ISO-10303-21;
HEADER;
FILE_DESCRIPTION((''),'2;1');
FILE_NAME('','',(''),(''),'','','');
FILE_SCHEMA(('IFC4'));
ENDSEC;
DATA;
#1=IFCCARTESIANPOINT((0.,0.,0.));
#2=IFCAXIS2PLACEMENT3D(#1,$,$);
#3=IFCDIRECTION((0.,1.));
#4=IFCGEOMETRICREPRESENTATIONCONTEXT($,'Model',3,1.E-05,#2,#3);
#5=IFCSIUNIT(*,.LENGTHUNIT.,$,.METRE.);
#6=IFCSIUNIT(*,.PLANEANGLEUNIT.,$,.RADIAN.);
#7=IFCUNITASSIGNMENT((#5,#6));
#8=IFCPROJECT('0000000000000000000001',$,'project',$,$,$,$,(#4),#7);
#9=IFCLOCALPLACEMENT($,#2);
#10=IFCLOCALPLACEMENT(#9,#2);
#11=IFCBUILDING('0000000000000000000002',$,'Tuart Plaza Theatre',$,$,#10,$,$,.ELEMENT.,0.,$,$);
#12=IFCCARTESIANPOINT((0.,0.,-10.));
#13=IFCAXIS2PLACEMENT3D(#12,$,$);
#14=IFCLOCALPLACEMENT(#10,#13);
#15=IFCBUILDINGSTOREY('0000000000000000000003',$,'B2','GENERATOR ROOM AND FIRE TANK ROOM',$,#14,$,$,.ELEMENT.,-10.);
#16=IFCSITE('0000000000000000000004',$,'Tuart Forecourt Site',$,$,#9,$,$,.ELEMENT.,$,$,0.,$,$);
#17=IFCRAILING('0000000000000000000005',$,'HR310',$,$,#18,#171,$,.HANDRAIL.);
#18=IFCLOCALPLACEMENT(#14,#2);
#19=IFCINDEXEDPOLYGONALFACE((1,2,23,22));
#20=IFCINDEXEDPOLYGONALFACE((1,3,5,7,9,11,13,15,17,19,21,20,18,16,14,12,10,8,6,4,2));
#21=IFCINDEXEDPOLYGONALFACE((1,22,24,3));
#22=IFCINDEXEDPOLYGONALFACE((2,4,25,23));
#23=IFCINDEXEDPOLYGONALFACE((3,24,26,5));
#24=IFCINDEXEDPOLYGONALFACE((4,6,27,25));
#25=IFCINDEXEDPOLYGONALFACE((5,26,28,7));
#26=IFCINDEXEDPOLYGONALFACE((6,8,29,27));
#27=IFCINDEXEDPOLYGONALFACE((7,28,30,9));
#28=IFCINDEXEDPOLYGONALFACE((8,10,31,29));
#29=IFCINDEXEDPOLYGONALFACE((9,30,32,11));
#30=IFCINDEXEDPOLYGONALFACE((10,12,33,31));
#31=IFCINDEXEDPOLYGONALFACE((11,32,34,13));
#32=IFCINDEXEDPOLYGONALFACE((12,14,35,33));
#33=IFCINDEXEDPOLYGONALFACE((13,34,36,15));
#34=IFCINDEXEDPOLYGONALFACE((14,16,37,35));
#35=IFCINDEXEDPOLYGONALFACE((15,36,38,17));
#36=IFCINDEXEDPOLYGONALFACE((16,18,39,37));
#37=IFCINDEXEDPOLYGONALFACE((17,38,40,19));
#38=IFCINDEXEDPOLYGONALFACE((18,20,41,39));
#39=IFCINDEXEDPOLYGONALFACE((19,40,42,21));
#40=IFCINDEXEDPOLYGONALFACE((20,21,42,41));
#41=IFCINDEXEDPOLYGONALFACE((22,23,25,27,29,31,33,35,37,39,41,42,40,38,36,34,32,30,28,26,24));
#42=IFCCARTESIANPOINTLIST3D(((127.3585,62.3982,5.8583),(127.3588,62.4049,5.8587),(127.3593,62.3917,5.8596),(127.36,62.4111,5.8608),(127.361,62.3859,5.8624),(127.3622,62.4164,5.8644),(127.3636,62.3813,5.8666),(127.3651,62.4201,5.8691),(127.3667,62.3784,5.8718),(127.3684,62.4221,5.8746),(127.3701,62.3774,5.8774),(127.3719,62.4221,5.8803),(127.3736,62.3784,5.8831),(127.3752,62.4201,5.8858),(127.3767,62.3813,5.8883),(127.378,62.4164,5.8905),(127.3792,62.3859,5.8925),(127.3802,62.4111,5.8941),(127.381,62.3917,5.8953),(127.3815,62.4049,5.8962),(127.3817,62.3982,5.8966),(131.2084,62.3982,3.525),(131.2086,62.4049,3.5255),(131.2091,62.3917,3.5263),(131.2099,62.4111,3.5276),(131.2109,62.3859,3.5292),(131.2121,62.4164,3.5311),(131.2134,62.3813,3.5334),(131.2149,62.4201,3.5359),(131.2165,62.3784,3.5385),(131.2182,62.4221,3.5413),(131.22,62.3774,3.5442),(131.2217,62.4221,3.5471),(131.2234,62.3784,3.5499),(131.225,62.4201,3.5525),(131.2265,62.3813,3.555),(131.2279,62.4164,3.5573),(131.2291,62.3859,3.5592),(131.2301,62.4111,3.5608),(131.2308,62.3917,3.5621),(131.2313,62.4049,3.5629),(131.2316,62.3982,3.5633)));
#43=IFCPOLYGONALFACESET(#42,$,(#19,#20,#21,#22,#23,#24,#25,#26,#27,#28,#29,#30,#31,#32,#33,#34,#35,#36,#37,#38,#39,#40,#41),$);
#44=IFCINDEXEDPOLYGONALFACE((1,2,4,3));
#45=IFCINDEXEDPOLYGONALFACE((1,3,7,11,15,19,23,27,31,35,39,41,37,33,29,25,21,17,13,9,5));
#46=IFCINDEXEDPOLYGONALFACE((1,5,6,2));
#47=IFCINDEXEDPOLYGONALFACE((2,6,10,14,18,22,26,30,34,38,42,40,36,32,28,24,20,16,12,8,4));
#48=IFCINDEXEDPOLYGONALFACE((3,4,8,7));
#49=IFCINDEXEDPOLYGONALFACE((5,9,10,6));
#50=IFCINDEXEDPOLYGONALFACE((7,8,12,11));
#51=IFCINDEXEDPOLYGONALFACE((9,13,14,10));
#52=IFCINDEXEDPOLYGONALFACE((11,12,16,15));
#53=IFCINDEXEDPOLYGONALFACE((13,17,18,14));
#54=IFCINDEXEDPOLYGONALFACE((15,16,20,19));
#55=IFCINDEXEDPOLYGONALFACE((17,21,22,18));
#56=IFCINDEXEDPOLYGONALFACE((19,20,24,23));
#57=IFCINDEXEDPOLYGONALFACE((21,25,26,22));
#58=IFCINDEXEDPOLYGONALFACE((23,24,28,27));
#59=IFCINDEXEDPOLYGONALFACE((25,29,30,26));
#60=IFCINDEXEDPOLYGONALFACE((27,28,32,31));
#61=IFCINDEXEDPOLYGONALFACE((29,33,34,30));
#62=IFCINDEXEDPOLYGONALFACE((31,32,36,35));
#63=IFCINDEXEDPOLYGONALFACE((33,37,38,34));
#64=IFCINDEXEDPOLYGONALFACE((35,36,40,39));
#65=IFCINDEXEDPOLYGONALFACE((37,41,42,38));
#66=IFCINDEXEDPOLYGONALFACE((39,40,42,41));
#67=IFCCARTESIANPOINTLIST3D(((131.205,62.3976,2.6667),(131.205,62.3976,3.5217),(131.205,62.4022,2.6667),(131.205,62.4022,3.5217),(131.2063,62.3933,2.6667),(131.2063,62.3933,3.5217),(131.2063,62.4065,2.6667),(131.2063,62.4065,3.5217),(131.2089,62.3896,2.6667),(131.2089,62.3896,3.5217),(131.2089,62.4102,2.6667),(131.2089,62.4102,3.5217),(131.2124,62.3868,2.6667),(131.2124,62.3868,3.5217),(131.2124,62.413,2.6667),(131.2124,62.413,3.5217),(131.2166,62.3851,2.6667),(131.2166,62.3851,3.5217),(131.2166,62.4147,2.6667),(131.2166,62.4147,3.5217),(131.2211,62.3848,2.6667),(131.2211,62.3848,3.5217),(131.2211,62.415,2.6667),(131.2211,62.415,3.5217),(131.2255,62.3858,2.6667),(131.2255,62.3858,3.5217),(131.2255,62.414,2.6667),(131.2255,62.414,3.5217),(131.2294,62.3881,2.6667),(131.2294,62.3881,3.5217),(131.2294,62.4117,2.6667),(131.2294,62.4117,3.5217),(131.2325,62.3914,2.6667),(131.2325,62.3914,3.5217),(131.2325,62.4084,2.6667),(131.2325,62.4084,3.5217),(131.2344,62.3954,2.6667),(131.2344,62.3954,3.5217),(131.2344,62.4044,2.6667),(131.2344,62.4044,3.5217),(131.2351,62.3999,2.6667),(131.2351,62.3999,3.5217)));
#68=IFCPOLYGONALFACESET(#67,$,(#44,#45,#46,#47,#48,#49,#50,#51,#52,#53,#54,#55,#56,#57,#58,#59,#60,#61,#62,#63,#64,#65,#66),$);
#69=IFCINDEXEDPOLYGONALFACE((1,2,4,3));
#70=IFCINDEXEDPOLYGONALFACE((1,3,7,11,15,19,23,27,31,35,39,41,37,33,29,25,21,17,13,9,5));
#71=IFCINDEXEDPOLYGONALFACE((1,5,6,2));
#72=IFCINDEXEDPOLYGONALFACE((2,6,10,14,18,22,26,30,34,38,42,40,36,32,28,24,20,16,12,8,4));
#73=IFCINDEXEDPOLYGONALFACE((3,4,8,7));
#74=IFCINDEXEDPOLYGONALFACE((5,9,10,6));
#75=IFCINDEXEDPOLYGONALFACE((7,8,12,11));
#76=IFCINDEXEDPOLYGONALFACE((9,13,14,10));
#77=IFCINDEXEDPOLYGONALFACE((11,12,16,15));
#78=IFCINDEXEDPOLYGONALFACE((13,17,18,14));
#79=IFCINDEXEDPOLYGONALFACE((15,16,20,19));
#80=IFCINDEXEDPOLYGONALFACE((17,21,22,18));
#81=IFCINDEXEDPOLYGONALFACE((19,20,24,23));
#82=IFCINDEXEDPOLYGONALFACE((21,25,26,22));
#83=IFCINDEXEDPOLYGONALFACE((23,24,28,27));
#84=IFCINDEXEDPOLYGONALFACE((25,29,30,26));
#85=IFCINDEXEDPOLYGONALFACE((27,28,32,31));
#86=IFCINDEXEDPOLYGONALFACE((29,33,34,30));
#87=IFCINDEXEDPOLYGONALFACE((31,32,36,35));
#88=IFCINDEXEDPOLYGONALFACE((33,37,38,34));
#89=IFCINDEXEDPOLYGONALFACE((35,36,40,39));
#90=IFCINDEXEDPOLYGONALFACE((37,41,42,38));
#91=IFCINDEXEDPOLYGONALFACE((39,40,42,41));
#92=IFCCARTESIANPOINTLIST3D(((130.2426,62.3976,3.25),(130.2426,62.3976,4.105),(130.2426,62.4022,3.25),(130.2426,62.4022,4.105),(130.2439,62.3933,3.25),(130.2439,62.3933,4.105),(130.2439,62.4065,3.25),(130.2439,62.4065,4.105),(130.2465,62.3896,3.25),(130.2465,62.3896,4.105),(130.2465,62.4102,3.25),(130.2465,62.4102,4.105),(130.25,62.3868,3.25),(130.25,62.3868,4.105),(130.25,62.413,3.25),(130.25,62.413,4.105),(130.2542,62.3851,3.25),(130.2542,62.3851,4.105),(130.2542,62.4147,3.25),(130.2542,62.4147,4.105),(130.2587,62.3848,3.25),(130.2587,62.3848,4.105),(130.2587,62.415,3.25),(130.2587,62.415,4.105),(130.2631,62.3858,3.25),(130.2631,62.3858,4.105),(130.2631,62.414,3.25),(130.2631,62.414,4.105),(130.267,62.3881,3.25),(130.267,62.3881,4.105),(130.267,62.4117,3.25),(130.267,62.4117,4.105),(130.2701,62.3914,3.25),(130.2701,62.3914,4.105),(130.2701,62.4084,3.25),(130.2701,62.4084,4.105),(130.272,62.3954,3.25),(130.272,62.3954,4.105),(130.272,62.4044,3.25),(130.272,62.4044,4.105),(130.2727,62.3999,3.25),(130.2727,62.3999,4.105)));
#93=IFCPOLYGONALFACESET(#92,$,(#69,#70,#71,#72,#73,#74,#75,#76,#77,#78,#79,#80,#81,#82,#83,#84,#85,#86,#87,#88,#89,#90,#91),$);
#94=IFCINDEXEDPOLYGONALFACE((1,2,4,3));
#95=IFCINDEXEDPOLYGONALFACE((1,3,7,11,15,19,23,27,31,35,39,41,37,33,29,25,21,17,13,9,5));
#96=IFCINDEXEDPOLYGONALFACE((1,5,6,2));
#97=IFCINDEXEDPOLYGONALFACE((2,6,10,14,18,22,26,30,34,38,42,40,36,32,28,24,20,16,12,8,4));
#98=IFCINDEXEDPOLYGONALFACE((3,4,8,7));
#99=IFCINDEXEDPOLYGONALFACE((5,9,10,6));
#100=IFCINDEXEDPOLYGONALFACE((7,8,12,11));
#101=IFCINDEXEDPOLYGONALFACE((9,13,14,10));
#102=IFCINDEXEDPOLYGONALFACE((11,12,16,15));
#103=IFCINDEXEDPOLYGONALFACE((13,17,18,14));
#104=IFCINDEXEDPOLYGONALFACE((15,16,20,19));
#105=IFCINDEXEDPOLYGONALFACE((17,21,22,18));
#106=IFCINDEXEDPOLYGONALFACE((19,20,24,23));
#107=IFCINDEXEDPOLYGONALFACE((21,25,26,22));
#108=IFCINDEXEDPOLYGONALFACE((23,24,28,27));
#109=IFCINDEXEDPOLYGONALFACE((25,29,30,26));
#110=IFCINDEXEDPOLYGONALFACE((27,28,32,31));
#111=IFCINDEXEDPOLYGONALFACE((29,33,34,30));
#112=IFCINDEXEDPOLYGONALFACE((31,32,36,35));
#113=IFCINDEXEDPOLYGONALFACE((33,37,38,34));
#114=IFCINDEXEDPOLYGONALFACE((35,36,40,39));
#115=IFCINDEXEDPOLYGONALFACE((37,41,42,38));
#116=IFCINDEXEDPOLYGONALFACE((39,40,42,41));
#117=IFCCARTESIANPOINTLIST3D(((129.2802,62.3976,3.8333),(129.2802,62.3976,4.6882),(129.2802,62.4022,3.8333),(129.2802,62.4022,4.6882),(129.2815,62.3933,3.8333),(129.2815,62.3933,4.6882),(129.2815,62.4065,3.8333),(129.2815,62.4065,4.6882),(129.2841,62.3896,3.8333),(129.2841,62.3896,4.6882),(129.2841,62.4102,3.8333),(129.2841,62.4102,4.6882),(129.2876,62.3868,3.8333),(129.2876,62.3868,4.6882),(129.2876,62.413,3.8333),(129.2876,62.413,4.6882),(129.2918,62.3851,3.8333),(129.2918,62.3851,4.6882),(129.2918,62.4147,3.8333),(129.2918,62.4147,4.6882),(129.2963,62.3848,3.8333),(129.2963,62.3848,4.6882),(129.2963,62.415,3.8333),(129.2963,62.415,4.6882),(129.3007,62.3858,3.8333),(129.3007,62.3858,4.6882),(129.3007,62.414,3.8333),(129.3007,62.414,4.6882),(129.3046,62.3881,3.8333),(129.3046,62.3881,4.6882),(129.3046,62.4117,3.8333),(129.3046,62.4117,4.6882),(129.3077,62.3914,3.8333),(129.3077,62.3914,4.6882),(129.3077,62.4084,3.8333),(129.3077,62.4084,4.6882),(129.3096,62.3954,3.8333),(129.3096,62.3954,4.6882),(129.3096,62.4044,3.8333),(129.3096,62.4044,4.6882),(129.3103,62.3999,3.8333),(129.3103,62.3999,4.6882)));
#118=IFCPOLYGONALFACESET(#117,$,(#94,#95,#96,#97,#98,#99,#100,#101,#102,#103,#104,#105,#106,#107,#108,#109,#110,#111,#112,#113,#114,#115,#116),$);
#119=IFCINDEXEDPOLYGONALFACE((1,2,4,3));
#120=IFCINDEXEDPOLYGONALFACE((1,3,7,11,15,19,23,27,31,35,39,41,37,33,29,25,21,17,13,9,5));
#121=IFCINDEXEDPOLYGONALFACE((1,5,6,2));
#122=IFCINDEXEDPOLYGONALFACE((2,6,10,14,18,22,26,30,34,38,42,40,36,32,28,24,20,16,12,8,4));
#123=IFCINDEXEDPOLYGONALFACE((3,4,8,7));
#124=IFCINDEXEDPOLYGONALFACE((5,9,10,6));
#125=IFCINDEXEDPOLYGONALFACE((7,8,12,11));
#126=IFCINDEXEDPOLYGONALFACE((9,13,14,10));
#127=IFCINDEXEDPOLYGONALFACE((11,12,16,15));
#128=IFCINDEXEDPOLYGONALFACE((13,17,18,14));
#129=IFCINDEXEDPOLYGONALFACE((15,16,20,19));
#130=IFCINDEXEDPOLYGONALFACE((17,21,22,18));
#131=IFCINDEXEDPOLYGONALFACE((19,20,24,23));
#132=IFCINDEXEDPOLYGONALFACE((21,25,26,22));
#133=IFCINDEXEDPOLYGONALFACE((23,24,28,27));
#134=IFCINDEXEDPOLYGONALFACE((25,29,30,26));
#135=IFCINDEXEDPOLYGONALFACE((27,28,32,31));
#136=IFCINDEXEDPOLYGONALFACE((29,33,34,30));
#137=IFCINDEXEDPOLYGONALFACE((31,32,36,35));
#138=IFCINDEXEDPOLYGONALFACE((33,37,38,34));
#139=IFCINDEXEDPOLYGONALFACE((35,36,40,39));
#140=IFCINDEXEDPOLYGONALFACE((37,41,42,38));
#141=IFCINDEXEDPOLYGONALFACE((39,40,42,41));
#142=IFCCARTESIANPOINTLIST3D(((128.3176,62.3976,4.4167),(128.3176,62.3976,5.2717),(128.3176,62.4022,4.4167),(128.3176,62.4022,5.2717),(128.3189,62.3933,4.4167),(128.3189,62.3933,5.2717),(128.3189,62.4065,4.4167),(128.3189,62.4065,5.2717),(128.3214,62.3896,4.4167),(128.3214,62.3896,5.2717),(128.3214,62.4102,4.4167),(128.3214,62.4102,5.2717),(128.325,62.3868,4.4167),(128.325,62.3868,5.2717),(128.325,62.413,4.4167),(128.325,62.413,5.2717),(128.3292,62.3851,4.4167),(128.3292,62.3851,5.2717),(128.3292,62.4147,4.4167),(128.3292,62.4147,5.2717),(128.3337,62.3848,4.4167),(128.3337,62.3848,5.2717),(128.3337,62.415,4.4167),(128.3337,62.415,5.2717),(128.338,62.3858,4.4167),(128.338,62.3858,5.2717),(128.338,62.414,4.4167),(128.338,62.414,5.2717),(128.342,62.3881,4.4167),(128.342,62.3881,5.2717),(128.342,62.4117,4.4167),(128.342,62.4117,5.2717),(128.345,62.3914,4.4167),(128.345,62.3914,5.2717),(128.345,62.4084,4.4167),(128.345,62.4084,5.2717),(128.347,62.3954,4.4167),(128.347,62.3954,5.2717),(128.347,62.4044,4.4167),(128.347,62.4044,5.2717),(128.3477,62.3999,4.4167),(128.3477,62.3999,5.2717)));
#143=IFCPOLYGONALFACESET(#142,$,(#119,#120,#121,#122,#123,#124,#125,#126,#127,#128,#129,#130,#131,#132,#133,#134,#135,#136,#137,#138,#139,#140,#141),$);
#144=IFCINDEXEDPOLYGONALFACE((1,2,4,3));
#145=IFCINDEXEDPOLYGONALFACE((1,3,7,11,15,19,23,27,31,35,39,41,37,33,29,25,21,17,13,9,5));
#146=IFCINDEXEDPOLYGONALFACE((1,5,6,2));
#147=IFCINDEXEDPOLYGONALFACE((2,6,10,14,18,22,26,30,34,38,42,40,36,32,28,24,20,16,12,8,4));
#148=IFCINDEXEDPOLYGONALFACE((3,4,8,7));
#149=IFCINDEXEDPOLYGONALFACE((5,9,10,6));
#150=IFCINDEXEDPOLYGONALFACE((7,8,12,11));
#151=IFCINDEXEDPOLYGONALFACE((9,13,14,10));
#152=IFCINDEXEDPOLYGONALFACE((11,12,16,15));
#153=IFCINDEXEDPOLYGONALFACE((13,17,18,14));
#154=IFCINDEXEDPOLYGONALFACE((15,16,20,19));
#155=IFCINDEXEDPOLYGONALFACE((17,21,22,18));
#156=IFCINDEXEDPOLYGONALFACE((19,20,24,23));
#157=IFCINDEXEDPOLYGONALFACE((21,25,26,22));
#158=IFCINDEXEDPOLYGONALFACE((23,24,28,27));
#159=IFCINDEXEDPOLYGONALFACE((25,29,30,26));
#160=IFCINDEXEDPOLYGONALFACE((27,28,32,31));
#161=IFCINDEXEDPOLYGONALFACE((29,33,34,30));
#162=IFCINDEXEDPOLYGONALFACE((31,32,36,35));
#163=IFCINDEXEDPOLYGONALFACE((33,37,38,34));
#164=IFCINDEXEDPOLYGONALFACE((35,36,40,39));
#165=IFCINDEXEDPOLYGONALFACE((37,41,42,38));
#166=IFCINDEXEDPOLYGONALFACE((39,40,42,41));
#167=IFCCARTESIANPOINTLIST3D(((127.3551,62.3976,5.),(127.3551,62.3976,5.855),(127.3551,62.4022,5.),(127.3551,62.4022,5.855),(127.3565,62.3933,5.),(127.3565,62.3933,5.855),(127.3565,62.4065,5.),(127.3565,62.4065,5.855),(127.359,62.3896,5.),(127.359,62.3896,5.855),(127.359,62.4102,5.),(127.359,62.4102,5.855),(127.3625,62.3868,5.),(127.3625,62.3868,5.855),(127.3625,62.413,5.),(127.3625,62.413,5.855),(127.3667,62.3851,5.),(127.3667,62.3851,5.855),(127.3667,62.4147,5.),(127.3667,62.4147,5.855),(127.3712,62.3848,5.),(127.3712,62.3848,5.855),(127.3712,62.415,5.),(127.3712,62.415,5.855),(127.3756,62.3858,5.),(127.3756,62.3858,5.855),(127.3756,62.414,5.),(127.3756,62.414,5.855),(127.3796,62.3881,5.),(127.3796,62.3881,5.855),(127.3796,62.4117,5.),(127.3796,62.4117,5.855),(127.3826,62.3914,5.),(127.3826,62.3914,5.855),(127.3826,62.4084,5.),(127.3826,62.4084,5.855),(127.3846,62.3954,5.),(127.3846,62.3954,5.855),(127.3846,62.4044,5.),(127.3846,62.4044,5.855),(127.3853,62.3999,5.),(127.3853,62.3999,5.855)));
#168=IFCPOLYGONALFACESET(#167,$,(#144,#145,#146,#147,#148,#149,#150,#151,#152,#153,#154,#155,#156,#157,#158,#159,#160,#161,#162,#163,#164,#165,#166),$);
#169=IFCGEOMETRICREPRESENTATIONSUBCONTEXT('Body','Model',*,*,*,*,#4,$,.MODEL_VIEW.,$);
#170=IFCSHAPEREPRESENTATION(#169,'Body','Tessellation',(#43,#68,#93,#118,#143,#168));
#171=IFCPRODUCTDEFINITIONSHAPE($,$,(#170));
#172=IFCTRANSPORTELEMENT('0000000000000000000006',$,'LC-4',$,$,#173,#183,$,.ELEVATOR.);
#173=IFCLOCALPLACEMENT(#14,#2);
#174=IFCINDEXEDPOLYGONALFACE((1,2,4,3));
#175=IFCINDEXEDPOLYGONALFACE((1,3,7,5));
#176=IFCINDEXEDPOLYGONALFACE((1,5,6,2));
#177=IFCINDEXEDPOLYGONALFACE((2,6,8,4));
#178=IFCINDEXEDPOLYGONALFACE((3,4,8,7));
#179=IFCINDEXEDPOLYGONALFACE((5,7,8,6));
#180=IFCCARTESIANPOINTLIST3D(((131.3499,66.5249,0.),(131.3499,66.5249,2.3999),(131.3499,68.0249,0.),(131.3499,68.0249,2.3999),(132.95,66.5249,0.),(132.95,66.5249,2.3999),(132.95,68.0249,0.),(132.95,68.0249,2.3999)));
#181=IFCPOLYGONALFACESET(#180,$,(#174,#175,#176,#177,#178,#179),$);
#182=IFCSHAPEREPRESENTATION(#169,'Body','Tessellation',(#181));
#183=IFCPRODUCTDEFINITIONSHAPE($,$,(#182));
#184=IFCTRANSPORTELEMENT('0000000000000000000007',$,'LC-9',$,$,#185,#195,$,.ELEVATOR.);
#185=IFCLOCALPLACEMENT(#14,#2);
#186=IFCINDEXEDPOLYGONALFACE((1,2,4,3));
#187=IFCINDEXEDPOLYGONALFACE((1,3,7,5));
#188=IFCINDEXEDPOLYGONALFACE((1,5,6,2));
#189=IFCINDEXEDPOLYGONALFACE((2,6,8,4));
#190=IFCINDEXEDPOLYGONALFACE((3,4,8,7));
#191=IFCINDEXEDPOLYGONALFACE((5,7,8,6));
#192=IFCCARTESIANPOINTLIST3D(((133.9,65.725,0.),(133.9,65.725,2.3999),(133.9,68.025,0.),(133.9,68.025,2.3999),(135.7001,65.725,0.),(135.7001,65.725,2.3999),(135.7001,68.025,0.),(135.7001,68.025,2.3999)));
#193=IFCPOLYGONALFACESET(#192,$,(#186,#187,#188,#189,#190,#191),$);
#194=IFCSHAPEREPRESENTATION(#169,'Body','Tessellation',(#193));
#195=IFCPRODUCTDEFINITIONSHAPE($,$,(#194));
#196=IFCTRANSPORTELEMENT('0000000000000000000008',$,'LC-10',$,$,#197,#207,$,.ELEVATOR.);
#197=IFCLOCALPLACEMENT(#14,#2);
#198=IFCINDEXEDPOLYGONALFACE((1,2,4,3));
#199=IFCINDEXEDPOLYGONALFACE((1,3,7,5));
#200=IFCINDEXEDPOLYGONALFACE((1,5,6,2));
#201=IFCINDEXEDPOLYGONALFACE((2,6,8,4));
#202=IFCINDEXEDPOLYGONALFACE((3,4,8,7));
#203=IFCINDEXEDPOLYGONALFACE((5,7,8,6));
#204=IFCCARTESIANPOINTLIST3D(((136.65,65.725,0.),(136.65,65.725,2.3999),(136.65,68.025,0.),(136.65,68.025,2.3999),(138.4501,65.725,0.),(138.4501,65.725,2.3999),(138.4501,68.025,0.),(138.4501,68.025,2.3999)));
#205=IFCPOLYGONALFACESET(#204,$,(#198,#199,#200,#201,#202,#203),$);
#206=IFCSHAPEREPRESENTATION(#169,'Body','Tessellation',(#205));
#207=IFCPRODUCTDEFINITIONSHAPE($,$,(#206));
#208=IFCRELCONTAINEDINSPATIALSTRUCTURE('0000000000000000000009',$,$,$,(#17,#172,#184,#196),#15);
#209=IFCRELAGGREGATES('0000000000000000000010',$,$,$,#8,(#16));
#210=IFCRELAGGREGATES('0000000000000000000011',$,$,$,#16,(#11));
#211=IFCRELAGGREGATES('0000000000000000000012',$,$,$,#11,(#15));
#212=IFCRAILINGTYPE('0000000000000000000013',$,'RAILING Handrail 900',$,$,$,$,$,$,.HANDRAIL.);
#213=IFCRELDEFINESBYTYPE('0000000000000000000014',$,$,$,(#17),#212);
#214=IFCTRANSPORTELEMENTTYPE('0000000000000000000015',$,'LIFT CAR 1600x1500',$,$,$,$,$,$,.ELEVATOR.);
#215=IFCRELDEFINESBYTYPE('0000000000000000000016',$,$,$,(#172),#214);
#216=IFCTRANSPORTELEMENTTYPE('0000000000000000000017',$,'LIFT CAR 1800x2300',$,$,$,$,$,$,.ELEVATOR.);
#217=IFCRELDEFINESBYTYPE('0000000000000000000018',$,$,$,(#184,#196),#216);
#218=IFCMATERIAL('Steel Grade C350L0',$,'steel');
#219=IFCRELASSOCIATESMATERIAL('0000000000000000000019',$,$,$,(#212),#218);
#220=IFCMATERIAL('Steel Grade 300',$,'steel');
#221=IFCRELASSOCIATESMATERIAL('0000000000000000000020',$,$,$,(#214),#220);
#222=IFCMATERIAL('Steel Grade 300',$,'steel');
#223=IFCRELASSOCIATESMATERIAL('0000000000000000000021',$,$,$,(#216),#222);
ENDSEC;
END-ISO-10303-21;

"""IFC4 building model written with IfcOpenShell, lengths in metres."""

from ifc_helpers import new_model, si_unit, direction, frame, origin, origin_2d, place, context, subcontext, project, spatial, rectangle, circle, extrude, material, type_object, element, save


model = new_model("IFC4")

# Units and contexts
model_context = context("Model", 3, precision=1e-05, world=origin(), true_north=direction((0.0, 1.0)))
body_context = subcontext(model_context, "Body", "Model", "MODEL_VIEW")
ifc_project = project(units=[si_unit("LENGTHUNIT", "METRE"), si_unit("PLANEANGLEUNIT", "RADIAN")], contexts=[model_context])

# Site, building, storey
site_placement = place(None, origin())
site = spatial("IfcSite", under=ifc_project, at=site_placement, Name="Tuart Forecourt Site", CompositionType="ELEMENT", RefElevation=0.0)
building_placement = place(site_placement, origin())
building = spatial("IfcBuilding", under=site, at=building_placement, Name="Tuart Plaza Theatre", CompositionType="ELEMENT", ElevationOfRefHeight=0.0)
storey_placement = place(building_placement, frame((0.0, 0.0, -10.0)))
storey = spatial("IfcBuildingStorey", under=building, at=storey_placement, Name="B2", Description="GENERATOR ROOM AND FIRE TANK ROOM", CompositionType="ELEMENT", Elevation=-10.0)

# Railing
ifc_material_1 = material(Name="Steel Grade C350L0", Category="steel")
railing_type = type_object("IfcRailingType", Name="RAILING Handrail 900", PredefinedType="HANDRAIL", material=ifc_material_1)
railing_placement = place(storey_placement, frame((131.22, 62.3999, 2.6667)))
element("IfcRailing", 1, at=railing_placement, inside=storey, type_object=railing_type, Name="HR310", PredefinedType="HANDRAIL", context=body_context, shape_type="SweptSolid", body=[
    extrude(circle(Radius=0.0225, at=origin_2d()), frame((0.0, 0.0, 0.8774), z_axis=(-0.855197, 0.0, 0.518303), x_axis=(0.0, -1.0, 0.0)), (0.0, 0.0, 1.0), 4.5017),
    extrude(circle(Radius=0.0151, at=origin_2d()), origin(), (0.0, 0.0, 1.0), 0.855),
    extrude(circle(Radius=0.0151, at=origin_2d()), frame((-0.9624, 0.0, 0.5833)), (0.0, 0.0, 1.0), 0.855),
    extrude(circle(Radius=0.0151, at=origin_2d()), frame((-1.9248, 0.0, 1.1665)), (0.0, 0.0, 1.0), 0.855),
    extrude(circle(Radius=0.0151, at=origin_2d()), frame((-2.8875, 0.0, 1.75)), (0.0, 0.0, 1.0), 0.855),
    extrude(circle(Radius=0.0151, at=origin_2d()), frame((-3.8499, 0.0, 2.3333)), (0.0, 0.0, 1.0), 0.855),
])

# Transport elements
ifc_material_2 = material(Name="Steel Grade 300", Category="steel")
transport_element_type_1 = type_object("IfcTransportElementType", Name="LIFT CAR 1600x1500", PredefinedType="ELEVATOR", material=ifc_material_2)
transport_element_placement = place(storey_placement, frame((132.1499, 67.2749, 0.0), z_axis=(0.0, 0.0, 1.0), x_axis=(1.0, 0.0, 0.0)))
element("IfcTransportElement", 2, at=transport_element_placement, inside=storey, type_object=transport_element_type_1, Name="LC-4", PredefinedType="ELEVATOR", context=body_context, shape_type="SweptSolid", body=[
    extrude(rectangle(XDim=1.6001, YDim=1.5, at=origin_2d()), origin(), (0.0, 0.0, 1.0), 2.3999),
])
ifc_material_3 = material(Name="Steel Grade 300", Category="steel")
transport_element_type_2 = type_object("IfcTransportElementType", Name="LIFT CAR 1800x2300", PredefinedType="ELEVATOR", material=ifc_material_3)
for number, where, z_axis, x_axis, name in (
    (3, (134.8, 66.875, 0.0), (0.0, 0.0, 1.0), (1.0, 0.0, 0.0), "LC-9"),
    (4, (137.55, 66.875, 0.0), (0.0, 0.0, 1.0), (1.0, 0.0, 0.0), "LC-10"),
):
    element("IfcTransportElement", number, at=place(storey_placement, frame(where, z_axis=z_axis, x_axis=x_axis)), inside=storey, type_object=transport_element_type_2, Name=name, PredefinedType="ELEVATOR", context=body_context, shape_type="SweptSolid", body=[
        extrude(rectangle(XDim=1.8, YDim=2.3, at=origin_2d()), origin(), (0.0, 0.0, 1.0), 2.3999),
    ])

save(model, "model.ifc")
